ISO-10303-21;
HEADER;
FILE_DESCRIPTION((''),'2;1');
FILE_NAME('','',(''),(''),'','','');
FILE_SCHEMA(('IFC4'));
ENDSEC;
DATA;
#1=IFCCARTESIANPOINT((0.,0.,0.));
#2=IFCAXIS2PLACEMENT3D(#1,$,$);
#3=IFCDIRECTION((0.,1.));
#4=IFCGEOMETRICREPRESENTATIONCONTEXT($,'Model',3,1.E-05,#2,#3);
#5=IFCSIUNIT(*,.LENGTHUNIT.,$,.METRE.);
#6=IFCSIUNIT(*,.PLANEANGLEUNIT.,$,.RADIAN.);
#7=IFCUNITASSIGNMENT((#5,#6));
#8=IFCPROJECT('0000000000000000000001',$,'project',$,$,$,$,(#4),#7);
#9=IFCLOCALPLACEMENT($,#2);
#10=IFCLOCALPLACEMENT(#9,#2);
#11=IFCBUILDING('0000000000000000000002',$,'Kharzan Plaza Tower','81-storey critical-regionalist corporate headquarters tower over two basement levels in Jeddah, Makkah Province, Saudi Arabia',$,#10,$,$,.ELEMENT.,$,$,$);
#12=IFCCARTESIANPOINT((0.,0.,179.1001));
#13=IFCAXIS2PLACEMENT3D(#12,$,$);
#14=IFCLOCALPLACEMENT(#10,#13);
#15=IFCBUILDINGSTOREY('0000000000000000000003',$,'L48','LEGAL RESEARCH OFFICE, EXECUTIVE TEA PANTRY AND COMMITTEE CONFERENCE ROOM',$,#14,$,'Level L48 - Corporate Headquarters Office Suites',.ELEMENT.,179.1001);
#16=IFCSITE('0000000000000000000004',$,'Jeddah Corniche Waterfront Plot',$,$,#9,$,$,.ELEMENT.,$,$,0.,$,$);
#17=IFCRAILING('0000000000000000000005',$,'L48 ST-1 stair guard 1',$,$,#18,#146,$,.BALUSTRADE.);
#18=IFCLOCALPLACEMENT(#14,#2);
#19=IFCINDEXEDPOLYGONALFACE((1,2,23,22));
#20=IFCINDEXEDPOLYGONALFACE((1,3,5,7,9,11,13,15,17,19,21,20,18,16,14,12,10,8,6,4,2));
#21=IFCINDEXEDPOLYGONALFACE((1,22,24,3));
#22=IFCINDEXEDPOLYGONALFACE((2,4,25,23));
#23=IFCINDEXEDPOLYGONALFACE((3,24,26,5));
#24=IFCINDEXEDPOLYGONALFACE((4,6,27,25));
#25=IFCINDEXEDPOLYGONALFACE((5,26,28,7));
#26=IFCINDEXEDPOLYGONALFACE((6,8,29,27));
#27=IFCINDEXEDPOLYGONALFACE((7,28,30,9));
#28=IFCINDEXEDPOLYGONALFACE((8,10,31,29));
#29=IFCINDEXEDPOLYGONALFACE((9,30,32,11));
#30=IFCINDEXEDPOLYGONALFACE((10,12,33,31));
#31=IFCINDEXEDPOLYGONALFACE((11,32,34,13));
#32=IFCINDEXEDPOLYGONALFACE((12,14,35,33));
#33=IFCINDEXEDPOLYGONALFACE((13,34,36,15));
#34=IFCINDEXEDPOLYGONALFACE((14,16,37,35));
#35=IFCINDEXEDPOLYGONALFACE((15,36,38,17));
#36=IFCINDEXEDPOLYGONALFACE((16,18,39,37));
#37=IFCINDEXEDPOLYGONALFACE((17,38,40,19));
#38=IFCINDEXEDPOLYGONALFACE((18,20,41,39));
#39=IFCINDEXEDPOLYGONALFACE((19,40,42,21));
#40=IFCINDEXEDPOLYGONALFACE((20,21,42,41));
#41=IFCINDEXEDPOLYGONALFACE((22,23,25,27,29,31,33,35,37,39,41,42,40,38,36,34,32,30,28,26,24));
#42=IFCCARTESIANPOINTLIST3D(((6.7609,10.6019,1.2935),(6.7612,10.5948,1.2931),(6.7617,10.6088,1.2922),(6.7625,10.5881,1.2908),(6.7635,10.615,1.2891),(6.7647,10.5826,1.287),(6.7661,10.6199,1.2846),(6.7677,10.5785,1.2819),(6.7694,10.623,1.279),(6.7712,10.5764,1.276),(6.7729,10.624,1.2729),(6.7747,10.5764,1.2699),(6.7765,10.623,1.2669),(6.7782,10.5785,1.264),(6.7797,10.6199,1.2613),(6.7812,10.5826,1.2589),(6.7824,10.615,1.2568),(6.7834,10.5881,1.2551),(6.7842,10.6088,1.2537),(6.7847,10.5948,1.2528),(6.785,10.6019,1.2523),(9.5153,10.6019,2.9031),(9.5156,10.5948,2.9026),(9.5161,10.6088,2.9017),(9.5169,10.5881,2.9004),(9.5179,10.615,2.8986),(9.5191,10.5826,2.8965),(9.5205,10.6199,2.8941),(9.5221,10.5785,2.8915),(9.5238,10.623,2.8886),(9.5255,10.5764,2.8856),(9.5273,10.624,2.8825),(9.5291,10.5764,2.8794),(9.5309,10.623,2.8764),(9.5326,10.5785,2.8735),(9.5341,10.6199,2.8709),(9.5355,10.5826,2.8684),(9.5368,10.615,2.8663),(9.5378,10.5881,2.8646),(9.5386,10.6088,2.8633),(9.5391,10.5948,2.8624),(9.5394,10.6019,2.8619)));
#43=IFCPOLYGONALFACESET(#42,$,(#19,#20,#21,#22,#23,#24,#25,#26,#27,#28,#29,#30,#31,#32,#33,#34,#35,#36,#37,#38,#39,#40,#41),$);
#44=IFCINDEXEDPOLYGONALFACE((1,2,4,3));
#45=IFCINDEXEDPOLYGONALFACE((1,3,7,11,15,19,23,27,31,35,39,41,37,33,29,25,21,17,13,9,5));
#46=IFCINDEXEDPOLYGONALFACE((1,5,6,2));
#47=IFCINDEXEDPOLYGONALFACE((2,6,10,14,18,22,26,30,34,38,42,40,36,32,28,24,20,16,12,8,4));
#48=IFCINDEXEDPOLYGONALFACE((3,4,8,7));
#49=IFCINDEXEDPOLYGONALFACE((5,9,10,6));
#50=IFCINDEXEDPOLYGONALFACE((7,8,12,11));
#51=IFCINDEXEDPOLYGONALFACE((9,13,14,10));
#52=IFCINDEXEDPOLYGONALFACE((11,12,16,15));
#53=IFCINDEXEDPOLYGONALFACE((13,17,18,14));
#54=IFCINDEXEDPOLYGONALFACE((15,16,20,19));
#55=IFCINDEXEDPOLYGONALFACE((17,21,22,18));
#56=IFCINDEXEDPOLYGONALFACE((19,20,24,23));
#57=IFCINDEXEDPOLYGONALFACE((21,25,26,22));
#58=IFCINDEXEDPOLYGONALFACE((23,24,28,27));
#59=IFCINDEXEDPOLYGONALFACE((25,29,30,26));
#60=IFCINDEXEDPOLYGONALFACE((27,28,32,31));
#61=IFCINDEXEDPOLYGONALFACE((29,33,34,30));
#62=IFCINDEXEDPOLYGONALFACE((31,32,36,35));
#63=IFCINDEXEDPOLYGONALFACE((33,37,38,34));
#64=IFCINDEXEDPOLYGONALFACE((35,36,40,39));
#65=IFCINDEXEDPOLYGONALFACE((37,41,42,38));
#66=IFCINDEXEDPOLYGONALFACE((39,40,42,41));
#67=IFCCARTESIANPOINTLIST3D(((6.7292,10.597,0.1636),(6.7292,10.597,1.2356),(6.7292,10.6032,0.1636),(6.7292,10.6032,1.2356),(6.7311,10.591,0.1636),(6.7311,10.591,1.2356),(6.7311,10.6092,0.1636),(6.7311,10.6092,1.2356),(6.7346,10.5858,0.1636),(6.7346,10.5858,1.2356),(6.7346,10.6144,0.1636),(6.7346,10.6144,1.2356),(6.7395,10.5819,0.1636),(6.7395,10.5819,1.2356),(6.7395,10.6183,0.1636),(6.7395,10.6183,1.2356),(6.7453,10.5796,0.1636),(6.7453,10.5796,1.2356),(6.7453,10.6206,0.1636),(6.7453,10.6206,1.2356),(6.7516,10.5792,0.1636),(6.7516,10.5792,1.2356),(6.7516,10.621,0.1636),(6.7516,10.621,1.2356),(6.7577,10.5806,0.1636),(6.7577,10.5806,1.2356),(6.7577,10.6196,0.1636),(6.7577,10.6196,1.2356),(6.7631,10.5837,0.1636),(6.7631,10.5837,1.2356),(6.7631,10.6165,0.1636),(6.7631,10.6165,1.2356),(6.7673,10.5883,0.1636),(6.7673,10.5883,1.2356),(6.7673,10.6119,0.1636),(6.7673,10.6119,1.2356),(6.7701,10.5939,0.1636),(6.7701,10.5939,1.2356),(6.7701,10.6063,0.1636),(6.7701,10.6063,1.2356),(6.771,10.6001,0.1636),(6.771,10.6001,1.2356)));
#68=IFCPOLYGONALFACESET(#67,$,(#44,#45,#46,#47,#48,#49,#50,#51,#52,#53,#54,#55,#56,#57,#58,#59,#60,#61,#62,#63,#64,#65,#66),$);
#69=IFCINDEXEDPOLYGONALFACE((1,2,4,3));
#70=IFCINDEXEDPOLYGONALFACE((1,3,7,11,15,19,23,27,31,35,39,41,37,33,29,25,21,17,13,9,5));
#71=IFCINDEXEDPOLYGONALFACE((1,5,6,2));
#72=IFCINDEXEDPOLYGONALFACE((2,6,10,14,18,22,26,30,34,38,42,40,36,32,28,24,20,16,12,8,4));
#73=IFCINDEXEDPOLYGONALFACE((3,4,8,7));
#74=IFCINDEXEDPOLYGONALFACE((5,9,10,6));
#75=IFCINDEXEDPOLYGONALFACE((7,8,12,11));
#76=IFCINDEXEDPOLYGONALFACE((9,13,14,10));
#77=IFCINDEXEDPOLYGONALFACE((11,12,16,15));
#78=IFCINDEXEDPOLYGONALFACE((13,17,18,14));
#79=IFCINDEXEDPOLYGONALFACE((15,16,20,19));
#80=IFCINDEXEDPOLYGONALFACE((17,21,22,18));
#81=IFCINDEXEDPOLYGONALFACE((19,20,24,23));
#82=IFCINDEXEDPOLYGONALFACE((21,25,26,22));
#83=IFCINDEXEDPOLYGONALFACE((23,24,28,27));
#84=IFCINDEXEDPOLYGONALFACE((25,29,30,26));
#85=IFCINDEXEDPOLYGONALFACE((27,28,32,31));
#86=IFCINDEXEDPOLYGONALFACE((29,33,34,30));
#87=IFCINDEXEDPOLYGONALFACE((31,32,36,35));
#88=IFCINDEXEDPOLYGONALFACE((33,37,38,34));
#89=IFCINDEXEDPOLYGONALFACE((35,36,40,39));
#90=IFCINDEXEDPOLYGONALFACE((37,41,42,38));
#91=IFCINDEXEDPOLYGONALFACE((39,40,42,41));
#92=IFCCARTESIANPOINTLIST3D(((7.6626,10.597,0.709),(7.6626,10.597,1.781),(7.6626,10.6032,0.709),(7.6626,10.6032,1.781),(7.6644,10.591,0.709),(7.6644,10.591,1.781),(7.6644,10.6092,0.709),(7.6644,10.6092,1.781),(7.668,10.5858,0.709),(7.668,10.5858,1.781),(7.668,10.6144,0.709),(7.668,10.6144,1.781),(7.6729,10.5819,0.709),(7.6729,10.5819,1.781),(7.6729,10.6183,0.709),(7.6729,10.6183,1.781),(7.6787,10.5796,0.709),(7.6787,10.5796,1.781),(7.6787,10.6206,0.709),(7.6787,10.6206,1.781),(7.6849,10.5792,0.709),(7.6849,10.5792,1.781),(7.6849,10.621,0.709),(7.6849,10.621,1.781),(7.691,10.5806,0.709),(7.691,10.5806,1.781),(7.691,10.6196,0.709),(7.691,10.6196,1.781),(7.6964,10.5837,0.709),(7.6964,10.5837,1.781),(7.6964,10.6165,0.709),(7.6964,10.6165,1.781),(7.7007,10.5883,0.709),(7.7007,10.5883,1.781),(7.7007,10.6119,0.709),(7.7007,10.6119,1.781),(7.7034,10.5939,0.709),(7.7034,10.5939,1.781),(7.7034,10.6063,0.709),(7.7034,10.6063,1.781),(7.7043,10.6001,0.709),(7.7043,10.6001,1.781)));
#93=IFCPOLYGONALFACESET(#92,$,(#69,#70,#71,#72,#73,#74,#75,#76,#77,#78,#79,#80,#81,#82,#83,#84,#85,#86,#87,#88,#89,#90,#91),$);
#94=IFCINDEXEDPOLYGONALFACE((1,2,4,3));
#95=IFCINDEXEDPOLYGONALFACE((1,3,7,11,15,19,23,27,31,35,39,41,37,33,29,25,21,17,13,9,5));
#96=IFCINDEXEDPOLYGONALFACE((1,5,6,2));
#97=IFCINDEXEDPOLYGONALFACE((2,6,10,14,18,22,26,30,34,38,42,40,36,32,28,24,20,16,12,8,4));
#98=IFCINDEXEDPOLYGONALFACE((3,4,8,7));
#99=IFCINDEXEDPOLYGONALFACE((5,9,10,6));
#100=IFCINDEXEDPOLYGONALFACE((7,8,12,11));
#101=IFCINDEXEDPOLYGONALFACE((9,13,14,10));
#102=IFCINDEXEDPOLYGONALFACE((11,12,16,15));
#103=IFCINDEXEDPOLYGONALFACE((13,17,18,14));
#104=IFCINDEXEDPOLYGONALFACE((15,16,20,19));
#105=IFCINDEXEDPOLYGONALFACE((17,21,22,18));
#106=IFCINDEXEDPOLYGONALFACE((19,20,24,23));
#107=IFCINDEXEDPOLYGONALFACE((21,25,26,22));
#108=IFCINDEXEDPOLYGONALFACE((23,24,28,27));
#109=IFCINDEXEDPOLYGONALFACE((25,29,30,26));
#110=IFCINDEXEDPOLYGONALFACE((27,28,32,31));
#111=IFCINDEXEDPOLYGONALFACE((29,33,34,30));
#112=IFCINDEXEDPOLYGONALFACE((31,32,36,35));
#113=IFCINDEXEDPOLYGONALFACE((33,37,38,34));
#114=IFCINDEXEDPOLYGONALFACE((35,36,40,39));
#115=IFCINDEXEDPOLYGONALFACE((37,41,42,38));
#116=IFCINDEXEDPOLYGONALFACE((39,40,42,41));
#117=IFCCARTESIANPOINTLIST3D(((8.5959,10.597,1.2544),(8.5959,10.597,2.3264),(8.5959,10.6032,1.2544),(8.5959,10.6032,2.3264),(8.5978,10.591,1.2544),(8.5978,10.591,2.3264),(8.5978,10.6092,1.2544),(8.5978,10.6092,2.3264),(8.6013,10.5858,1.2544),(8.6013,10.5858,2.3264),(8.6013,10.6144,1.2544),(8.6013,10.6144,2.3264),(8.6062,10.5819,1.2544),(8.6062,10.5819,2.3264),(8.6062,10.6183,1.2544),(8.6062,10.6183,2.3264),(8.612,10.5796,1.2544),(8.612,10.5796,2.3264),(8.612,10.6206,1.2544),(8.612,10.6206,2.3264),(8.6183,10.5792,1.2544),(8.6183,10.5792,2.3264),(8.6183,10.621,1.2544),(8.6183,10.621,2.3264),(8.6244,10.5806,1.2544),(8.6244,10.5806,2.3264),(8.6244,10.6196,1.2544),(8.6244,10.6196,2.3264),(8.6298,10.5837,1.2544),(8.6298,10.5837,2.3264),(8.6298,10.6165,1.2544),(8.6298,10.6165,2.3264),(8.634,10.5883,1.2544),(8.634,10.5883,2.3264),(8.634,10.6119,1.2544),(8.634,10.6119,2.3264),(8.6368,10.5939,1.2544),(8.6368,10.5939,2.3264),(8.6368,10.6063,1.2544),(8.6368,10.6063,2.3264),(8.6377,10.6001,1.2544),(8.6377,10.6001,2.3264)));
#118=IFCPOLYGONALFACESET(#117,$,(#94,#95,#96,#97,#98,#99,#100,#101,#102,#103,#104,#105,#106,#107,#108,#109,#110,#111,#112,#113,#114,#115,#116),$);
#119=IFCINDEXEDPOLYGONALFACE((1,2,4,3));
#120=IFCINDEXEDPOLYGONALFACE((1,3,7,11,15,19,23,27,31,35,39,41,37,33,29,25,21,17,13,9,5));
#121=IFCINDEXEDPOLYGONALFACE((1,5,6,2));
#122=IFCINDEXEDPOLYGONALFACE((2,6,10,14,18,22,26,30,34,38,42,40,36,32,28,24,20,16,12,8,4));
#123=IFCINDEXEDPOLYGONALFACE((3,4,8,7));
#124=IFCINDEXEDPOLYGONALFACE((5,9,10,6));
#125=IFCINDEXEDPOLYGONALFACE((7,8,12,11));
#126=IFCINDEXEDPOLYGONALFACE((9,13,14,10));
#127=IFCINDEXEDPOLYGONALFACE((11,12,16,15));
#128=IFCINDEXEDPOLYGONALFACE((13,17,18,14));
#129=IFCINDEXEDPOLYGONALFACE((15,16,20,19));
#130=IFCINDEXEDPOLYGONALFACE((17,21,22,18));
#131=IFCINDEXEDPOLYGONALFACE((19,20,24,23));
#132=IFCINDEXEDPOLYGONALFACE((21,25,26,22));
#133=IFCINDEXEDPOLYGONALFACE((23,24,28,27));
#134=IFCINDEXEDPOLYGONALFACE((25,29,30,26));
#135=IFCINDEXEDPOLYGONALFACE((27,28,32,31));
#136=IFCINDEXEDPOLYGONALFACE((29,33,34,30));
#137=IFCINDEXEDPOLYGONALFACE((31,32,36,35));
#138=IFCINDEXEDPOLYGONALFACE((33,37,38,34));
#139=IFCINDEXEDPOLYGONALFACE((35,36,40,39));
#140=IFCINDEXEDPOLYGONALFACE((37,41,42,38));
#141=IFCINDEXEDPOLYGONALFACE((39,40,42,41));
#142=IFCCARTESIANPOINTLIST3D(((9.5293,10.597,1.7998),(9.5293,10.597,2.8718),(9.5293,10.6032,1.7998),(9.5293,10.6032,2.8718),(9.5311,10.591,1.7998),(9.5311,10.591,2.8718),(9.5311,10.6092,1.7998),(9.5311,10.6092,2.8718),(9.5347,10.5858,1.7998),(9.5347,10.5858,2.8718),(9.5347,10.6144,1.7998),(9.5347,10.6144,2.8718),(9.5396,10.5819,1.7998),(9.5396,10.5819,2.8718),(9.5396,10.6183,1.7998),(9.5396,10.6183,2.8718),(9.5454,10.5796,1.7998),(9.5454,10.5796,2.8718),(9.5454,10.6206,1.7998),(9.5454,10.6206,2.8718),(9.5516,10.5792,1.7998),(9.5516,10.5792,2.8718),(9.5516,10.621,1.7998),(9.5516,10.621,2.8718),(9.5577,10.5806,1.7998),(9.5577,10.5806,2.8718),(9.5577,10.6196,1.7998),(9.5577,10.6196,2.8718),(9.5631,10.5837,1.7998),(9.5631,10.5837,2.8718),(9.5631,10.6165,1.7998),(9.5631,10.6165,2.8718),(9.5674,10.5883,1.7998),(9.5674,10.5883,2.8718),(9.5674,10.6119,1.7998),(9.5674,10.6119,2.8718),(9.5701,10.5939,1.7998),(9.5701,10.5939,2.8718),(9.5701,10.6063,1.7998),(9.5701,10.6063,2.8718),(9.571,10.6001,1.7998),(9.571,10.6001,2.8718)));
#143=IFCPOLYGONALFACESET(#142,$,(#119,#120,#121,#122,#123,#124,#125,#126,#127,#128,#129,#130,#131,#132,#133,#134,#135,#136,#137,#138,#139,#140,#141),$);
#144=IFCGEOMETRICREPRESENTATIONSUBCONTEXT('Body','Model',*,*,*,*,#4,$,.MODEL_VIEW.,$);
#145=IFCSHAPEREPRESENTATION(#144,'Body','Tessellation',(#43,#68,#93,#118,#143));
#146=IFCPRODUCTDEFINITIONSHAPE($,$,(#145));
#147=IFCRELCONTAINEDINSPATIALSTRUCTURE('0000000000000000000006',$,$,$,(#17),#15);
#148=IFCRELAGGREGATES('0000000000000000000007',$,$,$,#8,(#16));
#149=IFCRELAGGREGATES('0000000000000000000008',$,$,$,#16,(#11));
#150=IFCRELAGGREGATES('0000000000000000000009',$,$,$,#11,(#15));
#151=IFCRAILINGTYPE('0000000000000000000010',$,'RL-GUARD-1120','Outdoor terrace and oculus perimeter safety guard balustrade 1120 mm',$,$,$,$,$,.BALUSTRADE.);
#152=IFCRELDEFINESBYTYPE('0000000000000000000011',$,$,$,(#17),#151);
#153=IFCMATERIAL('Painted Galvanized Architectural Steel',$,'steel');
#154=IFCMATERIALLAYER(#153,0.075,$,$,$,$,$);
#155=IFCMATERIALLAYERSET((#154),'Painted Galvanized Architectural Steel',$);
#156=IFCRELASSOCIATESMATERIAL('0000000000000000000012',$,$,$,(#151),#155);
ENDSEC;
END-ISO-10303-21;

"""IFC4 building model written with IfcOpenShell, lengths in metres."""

from ifc_helpers import new_model, si_unit, direction, frame, origin, origin_2d, place, context, subcontext, project, spatial, circle, extrude, source, transform, mapped, material, layer, layer_set, type_object, element, save


model = new_model("IFC4")

# Units and contexts
model_context = context("Model", 3, precision=1e-05, world=origin(), true_north=direction((0.0, 1.0)))
body_context = subcontext(model_context, "Body", "Model", "MODEL_VIEW")
ifc_project = project(units=[si_unit("LENGTHUNIT", "METRE"), si_unit("PLANEANGLEUNIT", "RADIAN")], contexts=[model_context])

# Site, building, storey
site_placement = place(None, origin())
site = spatial("IfcSite", under=ifc_project, at=site_placement, Name="Jeddah Corniche Waterfront Plot", CompositionType="ELEMENT", RefElevation=0.0)
building_placement = place(site_placement, origin())
building = spatial("IfcBuilding", under=site, at=building_placement, Name="Kharzan Plaza Tower", Description="81-storey critical-regionalist corporate headquarters tower over two basement levels in Jeddah, Makkah Province, Saudi Arabia", CompositionType="ELEMENT")
storey_placement = place(building_placement, frame((0.0, 0.0, 179.1001)))
storey = spatial("IfcBuildingStorey", under=building, at=storey_placement, Name="L48", Description="LEGAL RESEARCH OFFICE, EXECUTIVE TEA PANTRY AND COMMITTEE CONFERENCE ROOM", LongName="Level L48 - Corporate Headquarters Office Suites", CompositionType="ELEMENT", Elevation=179.1001)

# Shared definitions
ifc_material_1 = material(Name="Painted Galvanized Architectural Steel", Category="steel")
ifc_layer_1 = layer(ifc_material_1, 0.075)
ifc_layer_set_1 = layer_set([ifc_layer_1], Name="Painted Galvanized Architectural Steel")
railing_type_1 = type_object("IfcRailingType", Name="RL-GUARD-1120", Description="Outdoor terrace and oculus perimeter safety guard balustrade 1120 mm", PredefinedType="BALUSTRADE", material=ifc_layer_set_1)

# Railing
shared_shape_1 = source(origin(), body_context, "Body", "SweptSolid", [
    extrude(circle(Radius=0.0239, at=origin_2d()), frame((0.0229, 0.0, 1.1094), z_axis=(0.863394, 0.0, 0.504531), x_axis=(0.0, 1.0, 0.0)), (0.0, 0.0, 1.0), 3.1902),
    extrude(circle(Radius=0.021, at=origin_2d()), origin(), (0.0, 0.0, 1.0), 1.072),
    extrude(circle(Radius=0.021, at=origin_2d()), frame((0.9333, 0.0, 0.5454)), (0.0, 0.0, 1.0), 1.072),
    extrude(circle(Radius=0.021, at=origin_2d()), frame((1.8667, 0.0, 1.0908)), (0.0, 0.0, 1.0), 1.072),
    extrude(circle(Radius=0.021, at=origin_2d()), frame((2.8, 0.0, 1.6362)), (0.0, 0.0, 1.0), 1.072),
])
railing_1_placement = place(storey_placement, frame((6.75, 10.6001, 0.1636)))
element("IfcRailing", 1, at=railing_1_placement, inside=storey, type_object=railing_type_1, Name="L48 ST-1 stair guard 1", PredefinedType="BALUSTRADE", context=body_context, shape_type="MappedRepresentation", body=[
    mapped(shared_shape_1, transform((0.0, 0.0, 0.0), x_axis=(1.0, 0.0, 0.0), y_axis=(0.0, 1.0, 0.0), z_axis=(0.0, 0.0, 1.0))),
])

save(model, "model.ifc")
